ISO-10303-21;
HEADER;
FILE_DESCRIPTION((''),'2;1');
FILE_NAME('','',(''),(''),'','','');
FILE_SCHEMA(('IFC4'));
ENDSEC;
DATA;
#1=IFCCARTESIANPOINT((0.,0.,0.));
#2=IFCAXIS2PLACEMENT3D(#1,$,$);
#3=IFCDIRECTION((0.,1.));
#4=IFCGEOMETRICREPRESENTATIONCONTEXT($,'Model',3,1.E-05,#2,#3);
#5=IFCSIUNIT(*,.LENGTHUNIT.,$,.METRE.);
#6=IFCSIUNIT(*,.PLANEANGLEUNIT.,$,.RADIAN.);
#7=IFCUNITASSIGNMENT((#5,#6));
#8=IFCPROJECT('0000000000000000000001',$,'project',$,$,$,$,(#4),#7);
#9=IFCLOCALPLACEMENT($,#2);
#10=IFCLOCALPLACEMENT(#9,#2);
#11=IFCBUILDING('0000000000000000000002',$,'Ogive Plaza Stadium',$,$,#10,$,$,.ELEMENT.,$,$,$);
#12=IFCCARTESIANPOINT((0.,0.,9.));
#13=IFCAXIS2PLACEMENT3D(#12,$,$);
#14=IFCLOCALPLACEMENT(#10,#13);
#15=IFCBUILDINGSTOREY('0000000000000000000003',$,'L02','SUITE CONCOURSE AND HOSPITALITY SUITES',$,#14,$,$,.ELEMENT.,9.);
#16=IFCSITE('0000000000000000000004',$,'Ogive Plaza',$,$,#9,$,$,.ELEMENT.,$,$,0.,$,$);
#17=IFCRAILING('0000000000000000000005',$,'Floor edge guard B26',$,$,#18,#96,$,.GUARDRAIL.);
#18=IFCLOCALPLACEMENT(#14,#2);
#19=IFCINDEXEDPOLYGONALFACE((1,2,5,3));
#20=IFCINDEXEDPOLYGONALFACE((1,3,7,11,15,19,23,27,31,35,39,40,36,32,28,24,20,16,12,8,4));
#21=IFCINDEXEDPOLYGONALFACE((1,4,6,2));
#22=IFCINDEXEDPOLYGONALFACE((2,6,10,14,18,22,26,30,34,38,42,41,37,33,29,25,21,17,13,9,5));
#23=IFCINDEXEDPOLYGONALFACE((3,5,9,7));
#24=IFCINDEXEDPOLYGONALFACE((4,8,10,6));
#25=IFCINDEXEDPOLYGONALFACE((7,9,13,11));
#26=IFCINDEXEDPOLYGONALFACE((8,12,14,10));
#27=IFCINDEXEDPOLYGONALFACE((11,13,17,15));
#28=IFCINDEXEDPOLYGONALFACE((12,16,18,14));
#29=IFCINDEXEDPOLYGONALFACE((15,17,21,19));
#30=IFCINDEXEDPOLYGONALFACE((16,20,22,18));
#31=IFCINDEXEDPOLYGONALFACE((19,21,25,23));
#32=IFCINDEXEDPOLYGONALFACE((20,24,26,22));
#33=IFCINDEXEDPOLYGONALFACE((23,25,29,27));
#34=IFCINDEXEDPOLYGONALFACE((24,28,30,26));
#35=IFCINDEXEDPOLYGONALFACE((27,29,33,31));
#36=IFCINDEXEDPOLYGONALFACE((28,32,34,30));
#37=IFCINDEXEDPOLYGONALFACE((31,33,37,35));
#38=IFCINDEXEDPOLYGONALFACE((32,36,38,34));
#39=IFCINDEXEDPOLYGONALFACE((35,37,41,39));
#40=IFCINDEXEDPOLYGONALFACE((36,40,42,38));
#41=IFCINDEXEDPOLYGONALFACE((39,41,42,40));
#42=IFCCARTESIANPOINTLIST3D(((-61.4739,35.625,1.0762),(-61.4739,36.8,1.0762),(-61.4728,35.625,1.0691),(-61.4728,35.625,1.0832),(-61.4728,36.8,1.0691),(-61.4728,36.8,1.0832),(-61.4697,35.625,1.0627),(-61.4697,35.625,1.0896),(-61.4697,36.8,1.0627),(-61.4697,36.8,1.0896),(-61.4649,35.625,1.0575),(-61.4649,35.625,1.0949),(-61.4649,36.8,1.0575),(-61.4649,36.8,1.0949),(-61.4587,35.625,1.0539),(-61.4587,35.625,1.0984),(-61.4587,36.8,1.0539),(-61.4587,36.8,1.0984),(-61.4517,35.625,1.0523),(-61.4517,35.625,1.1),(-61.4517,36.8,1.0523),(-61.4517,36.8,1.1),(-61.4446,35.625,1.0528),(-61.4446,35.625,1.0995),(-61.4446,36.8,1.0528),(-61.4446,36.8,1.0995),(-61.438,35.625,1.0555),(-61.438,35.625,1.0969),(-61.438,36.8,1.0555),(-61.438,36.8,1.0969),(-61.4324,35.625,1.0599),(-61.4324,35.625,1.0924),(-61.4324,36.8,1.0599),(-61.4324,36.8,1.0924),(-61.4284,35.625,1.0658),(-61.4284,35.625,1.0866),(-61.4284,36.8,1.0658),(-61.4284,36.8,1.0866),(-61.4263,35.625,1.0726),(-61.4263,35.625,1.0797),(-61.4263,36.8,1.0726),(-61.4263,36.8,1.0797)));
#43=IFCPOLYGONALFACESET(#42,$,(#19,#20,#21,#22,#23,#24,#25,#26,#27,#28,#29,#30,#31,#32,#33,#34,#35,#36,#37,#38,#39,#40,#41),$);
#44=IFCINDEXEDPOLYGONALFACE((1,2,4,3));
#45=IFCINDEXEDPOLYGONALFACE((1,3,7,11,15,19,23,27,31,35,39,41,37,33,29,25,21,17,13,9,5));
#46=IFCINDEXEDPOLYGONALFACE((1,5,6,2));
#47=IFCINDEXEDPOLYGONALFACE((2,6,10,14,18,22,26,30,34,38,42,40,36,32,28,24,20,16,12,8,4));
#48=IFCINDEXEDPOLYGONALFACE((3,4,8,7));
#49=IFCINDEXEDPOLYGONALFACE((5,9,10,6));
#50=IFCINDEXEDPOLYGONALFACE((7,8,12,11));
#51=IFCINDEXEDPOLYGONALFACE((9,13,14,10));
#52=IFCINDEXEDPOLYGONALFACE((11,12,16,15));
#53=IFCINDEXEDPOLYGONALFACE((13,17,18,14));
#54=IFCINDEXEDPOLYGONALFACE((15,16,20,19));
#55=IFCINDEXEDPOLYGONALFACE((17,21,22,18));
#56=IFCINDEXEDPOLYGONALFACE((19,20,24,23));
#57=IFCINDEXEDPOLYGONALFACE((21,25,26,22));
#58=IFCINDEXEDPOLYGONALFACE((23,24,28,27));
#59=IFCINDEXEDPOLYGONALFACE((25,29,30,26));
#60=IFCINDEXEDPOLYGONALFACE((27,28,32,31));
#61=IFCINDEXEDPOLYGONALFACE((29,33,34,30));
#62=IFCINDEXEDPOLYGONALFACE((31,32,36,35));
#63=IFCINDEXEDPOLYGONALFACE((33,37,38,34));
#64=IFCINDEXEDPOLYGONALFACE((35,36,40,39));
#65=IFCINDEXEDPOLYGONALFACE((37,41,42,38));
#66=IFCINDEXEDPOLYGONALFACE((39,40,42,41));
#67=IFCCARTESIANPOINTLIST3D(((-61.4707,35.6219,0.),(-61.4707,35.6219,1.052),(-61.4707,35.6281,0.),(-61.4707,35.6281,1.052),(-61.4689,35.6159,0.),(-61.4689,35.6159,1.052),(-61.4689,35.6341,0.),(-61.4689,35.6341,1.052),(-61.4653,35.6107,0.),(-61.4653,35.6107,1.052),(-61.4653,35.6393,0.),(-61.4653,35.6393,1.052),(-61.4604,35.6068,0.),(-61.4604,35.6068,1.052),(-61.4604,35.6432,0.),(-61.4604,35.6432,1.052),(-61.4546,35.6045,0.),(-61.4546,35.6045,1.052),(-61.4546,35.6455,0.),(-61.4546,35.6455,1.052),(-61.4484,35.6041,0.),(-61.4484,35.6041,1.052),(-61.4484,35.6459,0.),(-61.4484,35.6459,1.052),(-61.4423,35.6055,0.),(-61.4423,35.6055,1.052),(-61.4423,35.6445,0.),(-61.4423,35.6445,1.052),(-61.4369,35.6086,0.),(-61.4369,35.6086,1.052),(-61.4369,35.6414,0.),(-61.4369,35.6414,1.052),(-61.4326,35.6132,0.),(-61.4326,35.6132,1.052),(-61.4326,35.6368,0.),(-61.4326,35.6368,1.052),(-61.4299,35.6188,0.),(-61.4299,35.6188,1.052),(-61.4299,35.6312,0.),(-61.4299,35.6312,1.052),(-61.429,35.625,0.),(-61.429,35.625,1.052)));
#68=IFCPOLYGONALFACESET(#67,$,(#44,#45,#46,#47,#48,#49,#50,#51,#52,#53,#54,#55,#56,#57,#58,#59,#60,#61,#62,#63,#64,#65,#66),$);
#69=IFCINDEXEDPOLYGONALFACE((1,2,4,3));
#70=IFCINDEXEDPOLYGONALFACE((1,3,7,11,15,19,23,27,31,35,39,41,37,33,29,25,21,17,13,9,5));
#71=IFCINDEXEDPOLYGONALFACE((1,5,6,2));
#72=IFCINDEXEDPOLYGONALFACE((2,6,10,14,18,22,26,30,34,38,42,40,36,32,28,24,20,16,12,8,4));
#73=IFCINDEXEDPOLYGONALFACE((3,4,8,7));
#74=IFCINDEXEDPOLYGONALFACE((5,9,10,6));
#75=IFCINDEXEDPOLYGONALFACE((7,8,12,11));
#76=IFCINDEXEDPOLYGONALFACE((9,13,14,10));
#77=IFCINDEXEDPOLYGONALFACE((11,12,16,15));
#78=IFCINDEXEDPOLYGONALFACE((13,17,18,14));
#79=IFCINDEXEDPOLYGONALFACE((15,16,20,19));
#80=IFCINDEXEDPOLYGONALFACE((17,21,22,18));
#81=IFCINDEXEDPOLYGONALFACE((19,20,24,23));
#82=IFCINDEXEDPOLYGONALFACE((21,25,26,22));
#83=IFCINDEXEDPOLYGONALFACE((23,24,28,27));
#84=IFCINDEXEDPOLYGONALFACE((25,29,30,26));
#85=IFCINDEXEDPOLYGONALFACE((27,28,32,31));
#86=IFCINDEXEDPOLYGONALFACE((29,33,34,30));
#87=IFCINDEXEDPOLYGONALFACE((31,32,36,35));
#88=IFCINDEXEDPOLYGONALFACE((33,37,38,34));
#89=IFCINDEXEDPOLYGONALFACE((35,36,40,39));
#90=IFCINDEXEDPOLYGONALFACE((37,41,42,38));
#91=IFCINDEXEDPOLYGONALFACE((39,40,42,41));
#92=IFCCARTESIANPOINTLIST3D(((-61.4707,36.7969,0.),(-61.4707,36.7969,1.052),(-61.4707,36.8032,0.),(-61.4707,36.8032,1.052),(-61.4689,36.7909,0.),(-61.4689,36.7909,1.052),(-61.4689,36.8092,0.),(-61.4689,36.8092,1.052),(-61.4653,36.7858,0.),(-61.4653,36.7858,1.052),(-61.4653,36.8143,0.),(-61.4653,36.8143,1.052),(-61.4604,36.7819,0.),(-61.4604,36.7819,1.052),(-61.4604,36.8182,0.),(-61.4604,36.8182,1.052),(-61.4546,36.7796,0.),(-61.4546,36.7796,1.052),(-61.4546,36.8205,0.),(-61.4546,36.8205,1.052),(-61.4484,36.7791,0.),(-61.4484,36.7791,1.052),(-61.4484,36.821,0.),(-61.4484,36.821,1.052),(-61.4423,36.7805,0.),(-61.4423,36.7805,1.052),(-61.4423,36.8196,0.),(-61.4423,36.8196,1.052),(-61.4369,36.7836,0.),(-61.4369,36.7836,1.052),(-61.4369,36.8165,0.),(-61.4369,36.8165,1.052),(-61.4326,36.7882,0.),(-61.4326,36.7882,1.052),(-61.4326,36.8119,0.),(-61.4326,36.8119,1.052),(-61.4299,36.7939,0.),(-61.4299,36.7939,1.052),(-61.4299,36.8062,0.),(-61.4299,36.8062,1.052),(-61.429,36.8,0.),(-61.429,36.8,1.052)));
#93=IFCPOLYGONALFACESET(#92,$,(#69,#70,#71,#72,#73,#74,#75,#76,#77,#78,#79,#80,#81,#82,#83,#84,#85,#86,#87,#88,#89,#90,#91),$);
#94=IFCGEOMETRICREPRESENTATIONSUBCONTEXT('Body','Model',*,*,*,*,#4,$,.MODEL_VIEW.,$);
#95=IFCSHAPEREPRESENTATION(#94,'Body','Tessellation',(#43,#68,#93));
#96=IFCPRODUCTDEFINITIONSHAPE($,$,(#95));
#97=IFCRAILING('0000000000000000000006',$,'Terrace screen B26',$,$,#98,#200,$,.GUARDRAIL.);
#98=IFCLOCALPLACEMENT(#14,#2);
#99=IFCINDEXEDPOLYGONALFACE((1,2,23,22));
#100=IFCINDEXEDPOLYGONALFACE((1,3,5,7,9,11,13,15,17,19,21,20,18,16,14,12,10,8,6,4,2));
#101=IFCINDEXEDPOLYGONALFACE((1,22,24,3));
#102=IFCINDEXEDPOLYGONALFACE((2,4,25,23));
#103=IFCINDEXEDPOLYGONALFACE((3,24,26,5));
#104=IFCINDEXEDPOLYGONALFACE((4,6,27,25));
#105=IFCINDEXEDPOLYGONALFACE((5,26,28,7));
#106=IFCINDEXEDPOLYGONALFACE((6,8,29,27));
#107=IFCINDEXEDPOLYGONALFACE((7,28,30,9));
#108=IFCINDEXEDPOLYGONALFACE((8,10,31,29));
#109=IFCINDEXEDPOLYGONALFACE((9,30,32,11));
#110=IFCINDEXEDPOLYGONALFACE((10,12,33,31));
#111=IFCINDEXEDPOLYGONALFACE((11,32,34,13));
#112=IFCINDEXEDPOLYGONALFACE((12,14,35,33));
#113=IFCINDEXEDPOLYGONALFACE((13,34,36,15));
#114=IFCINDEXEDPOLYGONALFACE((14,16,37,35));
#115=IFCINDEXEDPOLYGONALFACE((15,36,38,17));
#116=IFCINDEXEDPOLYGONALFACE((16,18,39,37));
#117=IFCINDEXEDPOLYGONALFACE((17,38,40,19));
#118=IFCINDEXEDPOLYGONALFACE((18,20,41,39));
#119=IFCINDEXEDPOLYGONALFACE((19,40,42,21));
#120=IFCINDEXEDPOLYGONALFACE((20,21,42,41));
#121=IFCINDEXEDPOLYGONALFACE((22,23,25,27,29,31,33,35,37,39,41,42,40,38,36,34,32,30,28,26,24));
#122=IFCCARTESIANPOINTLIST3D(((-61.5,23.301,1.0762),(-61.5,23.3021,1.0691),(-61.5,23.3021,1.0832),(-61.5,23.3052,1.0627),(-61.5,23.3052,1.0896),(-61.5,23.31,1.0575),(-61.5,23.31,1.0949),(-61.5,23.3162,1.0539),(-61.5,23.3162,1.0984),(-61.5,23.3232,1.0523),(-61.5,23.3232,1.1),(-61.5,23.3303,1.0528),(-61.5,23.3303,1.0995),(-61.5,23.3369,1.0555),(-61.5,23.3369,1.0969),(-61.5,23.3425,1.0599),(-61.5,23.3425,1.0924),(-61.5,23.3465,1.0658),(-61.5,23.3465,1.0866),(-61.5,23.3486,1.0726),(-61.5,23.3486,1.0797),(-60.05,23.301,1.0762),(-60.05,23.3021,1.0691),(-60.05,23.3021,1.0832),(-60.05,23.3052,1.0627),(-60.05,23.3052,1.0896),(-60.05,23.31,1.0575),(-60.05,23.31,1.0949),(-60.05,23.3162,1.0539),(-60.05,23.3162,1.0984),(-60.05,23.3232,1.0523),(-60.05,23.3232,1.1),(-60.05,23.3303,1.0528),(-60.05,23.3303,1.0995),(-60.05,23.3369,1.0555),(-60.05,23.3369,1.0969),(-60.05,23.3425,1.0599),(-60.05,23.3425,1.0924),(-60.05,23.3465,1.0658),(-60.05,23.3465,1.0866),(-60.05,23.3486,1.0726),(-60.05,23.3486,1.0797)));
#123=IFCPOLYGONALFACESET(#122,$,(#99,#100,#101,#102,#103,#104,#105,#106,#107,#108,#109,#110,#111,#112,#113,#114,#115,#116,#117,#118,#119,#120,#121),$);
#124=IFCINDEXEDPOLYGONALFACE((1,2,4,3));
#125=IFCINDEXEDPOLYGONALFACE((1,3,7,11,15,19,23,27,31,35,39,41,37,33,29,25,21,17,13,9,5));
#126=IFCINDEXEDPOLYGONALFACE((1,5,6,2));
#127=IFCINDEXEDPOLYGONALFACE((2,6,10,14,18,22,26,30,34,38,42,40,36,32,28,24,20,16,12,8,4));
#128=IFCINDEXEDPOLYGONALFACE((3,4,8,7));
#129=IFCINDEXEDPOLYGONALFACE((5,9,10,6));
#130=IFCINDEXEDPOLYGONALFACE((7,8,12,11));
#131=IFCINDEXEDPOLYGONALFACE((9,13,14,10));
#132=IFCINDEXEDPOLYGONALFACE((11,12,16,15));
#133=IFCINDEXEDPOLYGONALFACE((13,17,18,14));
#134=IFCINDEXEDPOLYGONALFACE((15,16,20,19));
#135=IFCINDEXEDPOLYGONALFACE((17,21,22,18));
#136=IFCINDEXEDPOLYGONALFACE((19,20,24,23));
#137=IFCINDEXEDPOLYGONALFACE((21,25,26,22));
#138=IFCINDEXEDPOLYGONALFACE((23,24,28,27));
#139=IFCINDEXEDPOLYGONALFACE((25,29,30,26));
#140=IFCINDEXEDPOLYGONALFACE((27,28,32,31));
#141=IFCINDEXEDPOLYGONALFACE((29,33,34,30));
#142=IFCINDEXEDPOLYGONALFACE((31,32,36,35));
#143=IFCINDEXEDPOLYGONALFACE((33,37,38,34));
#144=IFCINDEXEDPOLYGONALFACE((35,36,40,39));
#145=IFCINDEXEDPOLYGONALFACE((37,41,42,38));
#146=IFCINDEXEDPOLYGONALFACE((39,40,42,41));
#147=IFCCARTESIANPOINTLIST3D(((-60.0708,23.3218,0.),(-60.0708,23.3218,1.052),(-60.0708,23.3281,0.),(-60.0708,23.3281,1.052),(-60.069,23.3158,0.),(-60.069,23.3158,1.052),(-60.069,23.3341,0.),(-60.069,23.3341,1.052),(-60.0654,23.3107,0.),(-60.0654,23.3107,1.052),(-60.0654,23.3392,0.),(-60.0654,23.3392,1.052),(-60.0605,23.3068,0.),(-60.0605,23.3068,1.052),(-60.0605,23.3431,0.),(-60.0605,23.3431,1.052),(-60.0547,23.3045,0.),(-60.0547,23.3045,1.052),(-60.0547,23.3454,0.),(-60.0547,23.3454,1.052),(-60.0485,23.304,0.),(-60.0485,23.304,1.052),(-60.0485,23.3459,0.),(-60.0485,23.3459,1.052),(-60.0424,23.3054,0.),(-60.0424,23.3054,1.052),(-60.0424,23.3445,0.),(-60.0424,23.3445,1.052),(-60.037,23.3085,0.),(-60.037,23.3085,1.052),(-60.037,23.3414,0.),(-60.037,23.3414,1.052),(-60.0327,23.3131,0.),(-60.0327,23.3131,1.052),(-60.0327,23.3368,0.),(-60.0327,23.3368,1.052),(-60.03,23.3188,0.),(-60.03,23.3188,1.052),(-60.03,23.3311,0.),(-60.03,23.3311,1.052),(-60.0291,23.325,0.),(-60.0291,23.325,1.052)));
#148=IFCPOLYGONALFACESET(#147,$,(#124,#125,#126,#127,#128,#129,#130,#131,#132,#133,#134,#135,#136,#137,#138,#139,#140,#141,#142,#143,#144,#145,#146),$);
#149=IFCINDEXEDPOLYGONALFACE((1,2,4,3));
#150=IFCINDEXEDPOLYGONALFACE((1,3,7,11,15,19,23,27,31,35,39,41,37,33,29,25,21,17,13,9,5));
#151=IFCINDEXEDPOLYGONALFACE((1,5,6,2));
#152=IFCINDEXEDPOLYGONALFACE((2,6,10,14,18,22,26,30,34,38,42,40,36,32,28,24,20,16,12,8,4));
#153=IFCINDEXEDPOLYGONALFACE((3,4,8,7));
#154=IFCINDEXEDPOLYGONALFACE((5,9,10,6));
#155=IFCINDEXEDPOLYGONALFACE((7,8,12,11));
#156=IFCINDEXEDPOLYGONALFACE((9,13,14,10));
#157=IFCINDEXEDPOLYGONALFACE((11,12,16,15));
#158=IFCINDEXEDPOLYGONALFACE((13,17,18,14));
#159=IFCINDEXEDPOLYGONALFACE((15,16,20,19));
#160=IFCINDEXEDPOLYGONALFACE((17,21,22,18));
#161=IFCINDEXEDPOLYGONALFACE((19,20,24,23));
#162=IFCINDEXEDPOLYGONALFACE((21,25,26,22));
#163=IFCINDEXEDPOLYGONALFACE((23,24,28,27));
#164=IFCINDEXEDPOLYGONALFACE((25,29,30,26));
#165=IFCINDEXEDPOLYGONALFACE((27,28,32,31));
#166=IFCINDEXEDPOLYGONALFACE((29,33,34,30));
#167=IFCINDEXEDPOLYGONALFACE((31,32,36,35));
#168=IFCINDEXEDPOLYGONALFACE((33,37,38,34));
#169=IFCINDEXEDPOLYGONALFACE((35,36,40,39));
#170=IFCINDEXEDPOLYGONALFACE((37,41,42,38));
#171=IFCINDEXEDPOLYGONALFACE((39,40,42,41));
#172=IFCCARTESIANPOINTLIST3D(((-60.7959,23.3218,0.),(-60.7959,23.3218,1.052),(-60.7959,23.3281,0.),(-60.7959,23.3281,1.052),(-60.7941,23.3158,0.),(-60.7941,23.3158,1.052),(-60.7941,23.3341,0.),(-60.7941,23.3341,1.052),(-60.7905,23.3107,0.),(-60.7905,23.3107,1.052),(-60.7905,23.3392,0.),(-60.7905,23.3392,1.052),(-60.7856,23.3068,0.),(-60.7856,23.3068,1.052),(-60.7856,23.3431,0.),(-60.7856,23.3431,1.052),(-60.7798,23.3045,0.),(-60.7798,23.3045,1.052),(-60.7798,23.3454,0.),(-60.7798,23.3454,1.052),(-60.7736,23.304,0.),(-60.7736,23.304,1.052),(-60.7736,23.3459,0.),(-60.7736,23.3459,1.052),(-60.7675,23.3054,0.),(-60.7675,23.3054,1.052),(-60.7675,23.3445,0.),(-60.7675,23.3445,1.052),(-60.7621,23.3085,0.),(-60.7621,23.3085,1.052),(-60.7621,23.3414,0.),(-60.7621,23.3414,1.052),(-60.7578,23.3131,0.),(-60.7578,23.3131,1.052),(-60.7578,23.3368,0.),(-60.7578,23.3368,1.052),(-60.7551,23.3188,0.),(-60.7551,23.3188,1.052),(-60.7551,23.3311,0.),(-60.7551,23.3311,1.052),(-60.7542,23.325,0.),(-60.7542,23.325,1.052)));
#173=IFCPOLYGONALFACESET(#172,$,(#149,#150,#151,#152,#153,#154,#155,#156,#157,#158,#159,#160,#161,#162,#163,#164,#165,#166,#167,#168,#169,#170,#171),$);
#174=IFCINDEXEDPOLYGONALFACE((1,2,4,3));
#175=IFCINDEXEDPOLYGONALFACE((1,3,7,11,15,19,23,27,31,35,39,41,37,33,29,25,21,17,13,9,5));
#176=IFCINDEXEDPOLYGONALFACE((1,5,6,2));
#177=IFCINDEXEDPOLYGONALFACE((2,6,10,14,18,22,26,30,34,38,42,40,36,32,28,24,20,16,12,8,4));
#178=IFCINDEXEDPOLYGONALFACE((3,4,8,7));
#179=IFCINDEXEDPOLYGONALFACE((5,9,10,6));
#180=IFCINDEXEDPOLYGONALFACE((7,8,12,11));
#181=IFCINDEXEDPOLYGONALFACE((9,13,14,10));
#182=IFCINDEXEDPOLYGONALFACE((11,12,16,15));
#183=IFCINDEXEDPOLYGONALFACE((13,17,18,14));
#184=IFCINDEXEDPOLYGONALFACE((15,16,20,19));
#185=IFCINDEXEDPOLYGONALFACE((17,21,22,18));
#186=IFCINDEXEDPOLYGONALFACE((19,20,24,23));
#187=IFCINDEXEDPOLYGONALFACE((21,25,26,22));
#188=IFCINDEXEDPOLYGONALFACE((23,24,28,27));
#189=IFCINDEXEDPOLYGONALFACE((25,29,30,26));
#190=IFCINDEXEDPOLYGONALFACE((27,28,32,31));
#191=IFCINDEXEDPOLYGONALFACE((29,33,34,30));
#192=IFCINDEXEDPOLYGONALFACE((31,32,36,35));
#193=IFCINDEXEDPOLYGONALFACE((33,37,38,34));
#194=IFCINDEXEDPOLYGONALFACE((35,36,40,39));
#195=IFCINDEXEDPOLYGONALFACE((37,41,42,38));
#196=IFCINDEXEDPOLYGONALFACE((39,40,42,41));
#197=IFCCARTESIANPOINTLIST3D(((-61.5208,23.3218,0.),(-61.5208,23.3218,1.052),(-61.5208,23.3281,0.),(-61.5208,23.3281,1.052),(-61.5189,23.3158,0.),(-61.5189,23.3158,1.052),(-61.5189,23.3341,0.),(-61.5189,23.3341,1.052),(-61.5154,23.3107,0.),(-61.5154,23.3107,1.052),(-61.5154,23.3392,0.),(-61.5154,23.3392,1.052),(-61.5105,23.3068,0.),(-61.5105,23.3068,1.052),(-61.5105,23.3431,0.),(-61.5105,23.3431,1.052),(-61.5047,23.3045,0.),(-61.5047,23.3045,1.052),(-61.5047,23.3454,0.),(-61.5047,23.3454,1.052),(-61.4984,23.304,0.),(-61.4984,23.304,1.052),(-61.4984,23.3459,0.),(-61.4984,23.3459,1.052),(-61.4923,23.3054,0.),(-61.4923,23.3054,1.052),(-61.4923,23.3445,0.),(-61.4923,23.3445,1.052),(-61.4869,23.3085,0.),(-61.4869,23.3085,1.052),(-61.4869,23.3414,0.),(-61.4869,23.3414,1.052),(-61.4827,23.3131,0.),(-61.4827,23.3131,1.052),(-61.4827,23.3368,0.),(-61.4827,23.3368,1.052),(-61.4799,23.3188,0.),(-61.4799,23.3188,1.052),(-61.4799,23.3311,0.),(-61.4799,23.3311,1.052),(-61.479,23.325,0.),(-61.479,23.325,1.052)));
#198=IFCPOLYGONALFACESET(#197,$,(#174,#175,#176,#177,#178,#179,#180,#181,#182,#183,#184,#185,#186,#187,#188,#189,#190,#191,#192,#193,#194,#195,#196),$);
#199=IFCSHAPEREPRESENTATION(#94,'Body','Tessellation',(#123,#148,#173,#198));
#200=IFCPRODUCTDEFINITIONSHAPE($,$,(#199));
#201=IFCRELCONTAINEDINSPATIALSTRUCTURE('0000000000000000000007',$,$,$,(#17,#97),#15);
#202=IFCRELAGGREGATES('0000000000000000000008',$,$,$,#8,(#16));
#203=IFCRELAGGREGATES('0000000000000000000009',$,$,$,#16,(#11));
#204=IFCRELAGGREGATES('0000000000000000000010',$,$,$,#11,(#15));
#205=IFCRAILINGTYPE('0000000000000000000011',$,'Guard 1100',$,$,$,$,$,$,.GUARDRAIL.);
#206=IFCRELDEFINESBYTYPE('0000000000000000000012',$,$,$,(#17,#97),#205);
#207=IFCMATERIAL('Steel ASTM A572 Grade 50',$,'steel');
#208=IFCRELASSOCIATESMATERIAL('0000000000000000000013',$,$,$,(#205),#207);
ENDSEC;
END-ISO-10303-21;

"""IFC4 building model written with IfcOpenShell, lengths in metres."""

from ifc_helpers import new_model, si_unit, direction, frame, origin, origin_2d, place, context, subcontext, project, spatial, circle, extrude, material, type_object, element, save


model = new_model("IFC4")

# Units and contexts
model_context = context("Model", 3, precision=1e-05, world=origin(), true_north=direction((0.0, 1.0)))
body_context = subcontext(model_context, "Body", "Model", "MODEL_VIEW")
ifc_project = project(units=[si_unit("LENGTHUNIT", "METRE"), si_unit("PLANEANGLEUNIT", "RADIAN")], contexts=[model_context])

# Site, building, storey
site_placement = place(None, origin())
site = spatial("IfcSite", under=ifc_project, at=site_placement, Name="Ogive Plaza", CompositionType="ELEMENT", RefElevation=0.0)
building_placement = place(site_placement, origin())
building = spatial("IfcBuilding", under=site, at=building_placement, Name="Ogive Plaza Stadium", CompositionType="ELEMENT")
storey_placement = place(building_placement, frame((0.0, 0.0, 9.0)))
storey = spatial("IfcBuildingStorey", under=building, at=storey_placement, Name="L02", Description="SUITE CONCOURSE AND HOSPITALITY SUITES", CompositionType="ELEMENT", Elevation=9.0)

# Railings
ifc_material_1 = material(Name="Steel ASTM A572 Grade 50", Category="steel")
railing_type = type_object("IfcRailingType", Name="Guard 1100", PredefinedType="GUARDRAIL", material=ifc_material_1)
railing_1_placement = place(storey_placement, frame((-61.45, 35.625, 0.0)))
element("IfcRailing", 1, at=railing_1_placement, inside=storey, type_object=railing_type, Name="Floor edge guard B26", PredefinedType="GUARDRAIL", context=body_context, shape_type="SweptSolid", body=[
    extrude(circle(Radius=0.0239, at=origin_2d()), frame((0.0, 0.0, 1.0762), z_axis=(0.0, 1.0, 0.0), x_axis=(-1.0, 0.0, 0.0)), (0.0, 0.0, 1.0), 1.175),
    extrude(circle(Radius=0.021, at=origin_2d()), origin(), (0.0, 0.0, 1.0), 1.052),
    extrude(circle(Radius=0.021, at=origin_2d()), frame((0.0, 1.175, 0.0)), (0.0, 0.0, 1.0), 1.052),
])
for number, where, name in (
    (2, (-60.05, 23.325, 0.0), "Terrace screen B26"),
):
    element("IfcRailing", number, at=place(storey_placement, frame(where)), inside=storey, type_object=railing_type, Name=name, PredefinedType="GUARDRAIL", context=body_context, shape_type="SweptSolid", body=[
        extrude(circle(Radius=0.0239, at=origin_2d()), frame((0.0, 0.0, 1.0762), z_axis=(-1.0, 0.0, 0.0), x_axis=(0.0, -1.0, 0.0)), (0.0, 0.0, 1.0), 1.45),
        extrude(circle(Radius=0.021, at=origin_2d()), origin(), (0.0, 0.0, 1.0), 1.052),
        extrude(circle(Radius=0.021, at=origin_2d()), frame((-0.7251, 0.0, 0.0)), (0.0, 0.0, 1.0), 1.052),
        extrude(circle(Radius=0.021, at=origin_2d()), frame((-1.45, 0.0, 0.0)), (0.0, 0.0, 1.0), 1.052),
    ])

save(model, "model.ifc")
